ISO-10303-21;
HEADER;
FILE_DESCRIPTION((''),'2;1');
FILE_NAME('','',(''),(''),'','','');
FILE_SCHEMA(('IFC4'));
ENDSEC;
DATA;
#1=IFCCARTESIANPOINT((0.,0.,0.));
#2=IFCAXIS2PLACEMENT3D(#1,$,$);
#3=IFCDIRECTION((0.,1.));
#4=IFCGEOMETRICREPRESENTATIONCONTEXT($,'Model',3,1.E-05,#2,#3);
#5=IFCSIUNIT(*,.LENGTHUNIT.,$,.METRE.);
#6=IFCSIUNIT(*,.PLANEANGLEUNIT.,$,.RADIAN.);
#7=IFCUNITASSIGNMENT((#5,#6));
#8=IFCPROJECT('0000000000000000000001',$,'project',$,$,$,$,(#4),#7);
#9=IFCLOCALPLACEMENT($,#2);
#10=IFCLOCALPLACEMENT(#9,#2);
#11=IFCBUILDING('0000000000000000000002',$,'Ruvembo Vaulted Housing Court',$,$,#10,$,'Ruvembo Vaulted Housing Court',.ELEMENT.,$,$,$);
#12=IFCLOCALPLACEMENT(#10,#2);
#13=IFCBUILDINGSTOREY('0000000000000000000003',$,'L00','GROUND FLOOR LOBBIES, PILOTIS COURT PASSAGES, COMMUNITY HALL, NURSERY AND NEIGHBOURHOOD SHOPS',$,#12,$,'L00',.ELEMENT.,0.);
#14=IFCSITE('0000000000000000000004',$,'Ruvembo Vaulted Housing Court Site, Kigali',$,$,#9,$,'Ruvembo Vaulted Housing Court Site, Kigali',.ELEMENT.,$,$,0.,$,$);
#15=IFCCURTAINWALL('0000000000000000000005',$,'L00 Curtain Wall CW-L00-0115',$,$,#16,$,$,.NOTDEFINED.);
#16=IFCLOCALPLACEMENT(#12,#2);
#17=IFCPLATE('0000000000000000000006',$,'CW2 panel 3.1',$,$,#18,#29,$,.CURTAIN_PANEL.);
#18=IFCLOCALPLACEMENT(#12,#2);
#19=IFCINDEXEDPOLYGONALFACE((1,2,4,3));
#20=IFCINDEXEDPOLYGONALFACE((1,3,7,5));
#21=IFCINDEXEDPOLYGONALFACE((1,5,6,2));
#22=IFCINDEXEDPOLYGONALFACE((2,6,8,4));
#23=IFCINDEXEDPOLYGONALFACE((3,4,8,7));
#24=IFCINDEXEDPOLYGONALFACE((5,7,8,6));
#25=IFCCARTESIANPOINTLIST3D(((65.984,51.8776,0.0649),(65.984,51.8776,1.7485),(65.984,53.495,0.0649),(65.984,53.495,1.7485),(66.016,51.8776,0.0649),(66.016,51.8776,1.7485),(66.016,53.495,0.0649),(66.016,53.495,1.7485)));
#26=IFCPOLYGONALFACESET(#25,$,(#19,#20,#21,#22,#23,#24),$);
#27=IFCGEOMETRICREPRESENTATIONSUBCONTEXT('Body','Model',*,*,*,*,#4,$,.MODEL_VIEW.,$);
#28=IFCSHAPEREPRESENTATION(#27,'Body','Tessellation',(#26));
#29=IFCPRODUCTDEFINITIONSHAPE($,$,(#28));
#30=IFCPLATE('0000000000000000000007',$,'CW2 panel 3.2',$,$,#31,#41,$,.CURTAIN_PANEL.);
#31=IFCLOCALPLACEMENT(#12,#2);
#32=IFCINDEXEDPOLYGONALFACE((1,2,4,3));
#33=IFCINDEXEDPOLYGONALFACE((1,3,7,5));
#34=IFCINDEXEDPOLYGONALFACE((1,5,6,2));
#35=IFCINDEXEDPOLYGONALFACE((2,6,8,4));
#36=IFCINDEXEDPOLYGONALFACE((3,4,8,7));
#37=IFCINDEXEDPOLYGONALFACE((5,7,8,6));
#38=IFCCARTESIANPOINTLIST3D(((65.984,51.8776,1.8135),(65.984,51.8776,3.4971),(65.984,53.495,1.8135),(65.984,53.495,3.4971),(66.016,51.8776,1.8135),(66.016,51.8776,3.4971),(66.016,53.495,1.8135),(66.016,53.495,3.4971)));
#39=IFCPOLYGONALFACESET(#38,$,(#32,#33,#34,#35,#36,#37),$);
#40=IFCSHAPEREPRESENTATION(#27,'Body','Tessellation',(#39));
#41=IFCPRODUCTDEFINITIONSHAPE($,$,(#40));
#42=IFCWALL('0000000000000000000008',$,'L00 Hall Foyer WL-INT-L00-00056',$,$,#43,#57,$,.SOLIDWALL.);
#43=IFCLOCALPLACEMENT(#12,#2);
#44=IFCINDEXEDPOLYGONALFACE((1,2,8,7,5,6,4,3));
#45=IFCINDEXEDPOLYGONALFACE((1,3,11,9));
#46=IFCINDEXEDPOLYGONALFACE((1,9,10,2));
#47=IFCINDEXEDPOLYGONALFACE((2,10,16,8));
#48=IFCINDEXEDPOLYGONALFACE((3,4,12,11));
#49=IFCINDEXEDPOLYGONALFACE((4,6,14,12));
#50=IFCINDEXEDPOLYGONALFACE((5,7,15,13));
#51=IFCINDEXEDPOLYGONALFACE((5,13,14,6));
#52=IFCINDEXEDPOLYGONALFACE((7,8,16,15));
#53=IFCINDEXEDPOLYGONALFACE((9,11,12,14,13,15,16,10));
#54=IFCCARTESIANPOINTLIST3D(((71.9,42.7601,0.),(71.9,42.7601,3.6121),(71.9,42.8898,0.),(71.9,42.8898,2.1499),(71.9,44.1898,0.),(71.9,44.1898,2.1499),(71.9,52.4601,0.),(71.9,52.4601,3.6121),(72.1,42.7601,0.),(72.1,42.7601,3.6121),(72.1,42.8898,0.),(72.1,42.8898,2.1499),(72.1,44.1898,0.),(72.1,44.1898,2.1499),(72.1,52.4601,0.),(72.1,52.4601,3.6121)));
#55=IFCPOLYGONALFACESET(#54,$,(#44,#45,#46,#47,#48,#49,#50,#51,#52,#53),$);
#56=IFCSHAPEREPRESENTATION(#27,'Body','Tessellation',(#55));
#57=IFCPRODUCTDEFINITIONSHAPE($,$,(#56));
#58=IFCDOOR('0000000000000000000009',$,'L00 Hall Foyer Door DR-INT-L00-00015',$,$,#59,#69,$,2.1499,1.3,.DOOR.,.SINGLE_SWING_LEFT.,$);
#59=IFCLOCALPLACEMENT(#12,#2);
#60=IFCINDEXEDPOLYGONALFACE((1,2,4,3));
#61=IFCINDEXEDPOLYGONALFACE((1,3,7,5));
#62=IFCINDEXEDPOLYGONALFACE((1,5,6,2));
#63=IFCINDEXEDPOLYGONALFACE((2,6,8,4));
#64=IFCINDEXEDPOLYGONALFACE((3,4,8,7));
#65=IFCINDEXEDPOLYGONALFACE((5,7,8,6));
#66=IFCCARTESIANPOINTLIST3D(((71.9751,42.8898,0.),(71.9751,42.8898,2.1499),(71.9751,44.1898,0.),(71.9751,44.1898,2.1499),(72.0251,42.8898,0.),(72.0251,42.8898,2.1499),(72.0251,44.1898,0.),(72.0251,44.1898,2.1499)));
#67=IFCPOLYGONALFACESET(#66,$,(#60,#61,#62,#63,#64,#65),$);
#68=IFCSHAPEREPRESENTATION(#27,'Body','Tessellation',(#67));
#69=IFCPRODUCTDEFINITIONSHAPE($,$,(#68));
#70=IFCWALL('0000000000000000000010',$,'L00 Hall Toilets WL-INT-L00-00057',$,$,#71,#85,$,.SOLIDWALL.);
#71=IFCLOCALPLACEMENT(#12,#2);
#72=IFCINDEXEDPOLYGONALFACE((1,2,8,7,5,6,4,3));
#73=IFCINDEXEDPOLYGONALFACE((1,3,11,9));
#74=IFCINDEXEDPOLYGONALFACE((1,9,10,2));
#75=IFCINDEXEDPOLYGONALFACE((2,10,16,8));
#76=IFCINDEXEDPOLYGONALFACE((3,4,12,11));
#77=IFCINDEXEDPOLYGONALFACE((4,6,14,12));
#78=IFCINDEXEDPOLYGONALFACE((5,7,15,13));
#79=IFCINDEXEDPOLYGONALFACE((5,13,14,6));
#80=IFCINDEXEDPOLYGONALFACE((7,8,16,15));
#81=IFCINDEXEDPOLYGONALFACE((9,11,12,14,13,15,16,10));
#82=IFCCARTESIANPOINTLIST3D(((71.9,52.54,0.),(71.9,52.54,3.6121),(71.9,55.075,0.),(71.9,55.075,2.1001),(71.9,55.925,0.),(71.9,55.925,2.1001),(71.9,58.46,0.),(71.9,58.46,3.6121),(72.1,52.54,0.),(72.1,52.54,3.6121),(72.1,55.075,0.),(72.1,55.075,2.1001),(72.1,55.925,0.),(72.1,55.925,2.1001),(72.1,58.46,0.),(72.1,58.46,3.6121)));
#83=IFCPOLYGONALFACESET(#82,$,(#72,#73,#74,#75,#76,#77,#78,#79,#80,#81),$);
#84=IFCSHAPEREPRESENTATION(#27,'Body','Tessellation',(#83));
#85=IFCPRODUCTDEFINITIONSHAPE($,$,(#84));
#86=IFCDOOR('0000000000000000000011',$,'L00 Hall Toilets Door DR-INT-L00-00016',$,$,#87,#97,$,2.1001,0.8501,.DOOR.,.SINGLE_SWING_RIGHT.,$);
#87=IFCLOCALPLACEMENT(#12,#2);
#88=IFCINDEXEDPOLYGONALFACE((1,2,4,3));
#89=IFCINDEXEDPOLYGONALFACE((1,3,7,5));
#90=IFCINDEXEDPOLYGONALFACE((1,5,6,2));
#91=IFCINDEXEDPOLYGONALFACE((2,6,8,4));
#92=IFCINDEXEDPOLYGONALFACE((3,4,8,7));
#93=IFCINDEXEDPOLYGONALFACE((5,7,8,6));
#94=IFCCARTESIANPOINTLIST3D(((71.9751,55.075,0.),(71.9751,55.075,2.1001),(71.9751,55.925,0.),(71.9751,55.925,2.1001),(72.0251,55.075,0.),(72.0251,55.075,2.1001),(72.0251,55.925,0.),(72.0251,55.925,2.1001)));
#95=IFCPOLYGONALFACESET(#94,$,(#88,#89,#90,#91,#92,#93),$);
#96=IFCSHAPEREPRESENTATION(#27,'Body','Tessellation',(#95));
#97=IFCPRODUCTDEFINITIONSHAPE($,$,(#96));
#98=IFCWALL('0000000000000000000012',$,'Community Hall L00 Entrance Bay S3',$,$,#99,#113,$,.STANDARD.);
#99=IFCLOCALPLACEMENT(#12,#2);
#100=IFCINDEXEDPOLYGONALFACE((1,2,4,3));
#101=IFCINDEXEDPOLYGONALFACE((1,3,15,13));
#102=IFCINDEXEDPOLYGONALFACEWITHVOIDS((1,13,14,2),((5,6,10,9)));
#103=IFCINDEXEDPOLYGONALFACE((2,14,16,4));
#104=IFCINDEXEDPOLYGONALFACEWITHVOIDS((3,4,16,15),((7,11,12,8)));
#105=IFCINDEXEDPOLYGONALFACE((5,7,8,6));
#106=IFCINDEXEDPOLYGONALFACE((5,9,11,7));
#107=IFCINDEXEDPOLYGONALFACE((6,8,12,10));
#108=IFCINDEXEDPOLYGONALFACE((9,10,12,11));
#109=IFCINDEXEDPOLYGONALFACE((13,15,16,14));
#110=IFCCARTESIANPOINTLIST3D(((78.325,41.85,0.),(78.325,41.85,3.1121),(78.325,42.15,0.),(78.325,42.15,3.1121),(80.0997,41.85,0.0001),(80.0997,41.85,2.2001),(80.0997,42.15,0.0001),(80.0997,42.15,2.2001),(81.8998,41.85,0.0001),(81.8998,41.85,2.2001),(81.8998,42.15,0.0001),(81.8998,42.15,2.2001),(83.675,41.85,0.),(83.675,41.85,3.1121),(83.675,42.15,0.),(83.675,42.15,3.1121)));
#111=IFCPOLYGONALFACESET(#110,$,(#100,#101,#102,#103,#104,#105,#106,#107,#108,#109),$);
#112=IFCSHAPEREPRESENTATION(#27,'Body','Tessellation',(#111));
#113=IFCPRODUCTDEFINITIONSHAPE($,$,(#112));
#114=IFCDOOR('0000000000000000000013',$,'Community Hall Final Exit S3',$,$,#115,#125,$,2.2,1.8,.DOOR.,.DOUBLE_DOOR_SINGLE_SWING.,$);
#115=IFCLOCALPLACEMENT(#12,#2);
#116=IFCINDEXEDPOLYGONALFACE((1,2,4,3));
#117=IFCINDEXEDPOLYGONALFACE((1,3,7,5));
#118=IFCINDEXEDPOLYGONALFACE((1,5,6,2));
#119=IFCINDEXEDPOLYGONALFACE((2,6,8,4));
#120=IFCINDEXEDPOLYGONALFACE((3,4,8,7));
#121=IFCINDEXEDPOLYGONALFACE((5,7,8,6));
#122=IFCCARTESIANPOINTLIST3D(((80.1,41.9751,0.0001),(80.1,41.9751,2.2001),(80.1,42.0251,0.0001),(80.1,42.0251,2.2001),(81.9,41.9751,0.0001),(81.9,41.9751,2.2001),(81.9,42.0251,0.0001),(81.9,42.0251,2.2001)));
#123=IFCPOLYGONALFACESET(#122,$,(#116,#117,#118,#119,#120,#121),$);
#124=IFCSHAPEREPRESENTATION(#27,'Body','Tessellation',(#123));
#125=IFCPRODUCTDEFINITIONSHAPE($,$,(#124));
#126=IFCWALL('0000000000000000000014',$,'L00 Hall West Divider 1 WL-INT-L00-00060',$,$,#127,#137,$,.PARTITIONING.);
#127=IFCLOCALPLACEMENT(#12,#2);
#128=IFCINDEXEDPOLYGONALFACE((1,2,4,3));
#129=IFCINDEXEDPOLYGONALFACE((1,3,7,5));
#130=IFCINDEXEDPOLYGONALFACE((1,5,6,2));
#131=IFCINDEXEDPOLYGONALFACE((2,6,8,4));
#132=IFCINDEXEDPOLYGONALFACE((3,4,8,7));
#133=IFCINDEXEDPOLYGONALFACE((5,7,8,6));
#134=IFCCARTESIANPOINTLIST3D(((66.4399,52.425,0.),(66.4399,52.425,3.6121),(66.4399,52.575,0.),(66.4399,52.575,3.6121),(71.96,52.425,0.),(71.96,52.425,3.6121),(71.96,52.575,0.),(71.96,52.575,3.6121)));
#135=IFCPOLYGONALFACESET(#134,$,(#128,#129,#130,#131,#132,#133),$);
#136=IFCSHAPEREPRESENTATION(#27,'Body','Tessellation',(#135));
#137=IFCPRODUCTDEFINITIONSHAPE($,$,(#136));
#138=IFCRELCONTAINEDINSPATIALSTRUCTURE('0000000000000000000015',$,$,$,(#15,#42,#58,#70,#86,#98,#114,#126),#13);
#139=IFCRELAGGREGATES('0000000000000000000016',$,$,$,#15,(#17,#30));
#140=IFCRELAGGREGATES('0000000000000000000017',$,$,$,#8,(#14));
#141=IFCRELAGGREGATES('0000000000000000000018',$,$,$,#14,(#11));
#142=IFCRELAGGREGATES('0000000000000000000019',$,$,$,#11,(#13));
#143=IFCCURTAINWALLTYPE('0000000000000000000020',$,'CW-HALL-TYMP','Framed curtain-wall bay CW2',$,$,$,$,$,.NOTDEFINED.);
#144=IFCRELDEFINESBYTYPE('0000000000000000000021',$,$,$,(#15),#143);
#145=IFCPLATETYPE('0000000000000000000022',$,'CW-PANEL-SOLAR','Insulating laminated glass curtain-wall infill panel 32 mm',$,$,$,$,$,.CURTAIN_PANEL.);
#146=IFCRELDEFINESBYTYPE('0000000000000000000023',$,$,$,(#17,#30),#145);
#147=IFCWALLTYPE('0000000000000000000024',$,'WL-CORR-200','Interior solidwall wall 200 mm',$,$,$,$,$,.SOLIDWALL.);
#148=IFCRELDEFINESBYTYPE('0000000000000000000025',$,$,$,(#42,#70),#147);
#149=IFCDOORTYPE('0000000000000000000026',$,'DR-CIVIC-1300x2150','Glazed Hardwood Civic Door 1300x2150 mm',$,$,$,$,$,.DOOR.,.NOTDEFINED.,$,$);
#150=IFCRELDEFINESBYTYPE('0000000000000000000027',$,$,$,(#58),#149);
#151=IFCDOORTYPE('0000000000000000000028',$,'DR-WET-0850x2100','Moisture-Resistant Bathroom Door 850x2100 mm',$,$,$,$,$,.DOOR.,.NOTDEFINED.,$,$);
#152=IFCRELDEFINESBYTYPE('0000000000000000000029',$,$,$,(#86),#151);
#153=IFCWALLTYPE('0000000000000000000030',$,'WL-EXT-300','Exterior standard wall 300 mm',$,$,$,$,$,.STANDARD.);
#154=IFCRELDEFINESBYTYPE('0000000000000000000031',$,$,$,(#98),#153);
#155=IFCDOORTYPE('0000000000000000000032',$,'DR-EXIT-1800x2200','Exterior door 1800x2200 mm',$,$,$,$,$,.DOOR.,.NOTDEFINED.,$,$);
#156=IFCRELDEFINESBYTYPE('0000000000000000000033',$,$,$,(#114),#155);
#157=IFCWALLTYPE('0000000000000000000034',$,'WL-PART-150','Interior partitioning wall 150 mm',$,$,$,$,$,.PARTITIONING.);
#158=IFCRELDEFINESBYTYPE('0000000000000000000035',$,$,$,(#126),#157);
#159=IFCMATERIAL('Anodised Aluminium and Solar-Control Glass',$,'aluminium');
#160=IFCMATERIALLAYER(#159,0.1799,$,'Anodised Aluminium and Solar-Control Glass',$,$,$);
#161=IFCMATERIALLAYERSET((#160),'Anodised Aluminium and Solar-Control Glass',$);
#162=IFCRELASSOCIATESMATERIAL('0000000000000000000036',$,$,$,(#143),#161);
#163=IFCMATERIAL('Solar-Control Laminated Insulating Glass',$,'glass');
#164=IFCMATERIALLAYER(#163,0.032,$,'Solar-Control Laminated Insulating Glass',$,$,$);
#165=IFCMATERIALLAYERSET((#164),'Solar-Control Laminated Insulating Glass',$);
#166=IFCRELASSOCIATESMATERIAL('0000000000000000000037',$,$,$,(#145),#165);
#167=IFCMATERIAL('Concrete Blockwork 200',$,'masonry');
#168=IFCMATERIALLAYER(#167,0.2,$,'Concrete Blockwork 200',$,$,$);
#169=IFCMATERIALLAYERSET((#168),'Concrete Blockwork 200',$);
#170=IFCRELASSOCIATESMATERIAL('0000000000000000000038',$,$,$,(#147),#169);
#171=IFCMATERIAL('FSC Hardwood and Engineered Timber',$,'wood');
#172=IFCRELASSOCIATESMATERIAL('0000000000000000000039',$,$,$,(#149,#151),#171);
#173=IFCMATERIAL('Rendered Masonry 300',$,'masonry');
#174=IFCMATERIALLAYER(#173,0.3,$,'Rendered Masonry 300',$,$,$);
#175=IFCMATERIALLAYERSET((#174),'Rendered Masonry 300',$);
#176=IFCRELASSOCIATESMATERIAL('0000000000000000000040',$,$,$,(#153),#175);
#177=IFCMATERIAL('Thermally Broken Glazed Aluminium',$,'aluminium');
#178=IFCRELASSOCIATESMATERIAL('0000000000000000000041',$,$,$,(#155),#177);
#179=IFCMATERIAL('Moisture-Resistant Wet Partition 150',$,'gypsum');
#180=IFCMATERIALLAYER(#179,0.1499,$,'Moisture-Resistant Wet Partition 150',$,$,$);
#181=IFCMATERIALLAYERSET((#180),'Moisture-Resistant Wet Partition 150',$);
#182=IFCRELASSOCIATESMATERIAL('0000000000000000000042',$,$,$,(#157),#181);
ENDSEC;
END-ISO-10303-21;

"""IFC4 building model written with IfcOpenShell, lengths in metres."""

from ifc_helpers import new_model, si_unit, direction, frame, frame_2d, origin, origin_2d, place, context, subcontext, project, spatial, rectangle, extrude, material, layer, layer_set, type_object, element, fill, aggregate, save


model = new_model("IFC4")

# Units and contexts
model_context = context("Model", 3, precision=1e-05, world=origin(), true_north=direction((0.0, 1.0)))
body_context = subcontext(model_context, "Body", "Model", "MODEL_VIEW")
ifc_project = project(units=[si_unit("LENGTHUNIT", "METRE"), si_unit("PLANEANGLEUNIT", "RADIAN")], contexts=[model_context])

# Site, building, storey
site_placement = place(None, origin())
site = spatial("IfcSite", under=ifc_project, at=site_placement, Name="Ruvembo Vaulted Housing Court Site, Kigali", LongName="Ruvembo Vaulted Housing Court Site, Kigali", CompositionType="ELEMENT", RefElevation=0.0)
building_placement = place(site_placement, origin())
building = spatial("IfcBuilding", under=site, at=building_placement, Name="Ruvembo Vaulted Housing Court", LongName="Ruvembo Vaulted Housing Court", CompositionType="ELEMENT")
storey_placement = place(building_placement, origin())
storey = spatial("IfcBuildingStorey", under=building, at=storey_placement, Name="L00", Description="GROUND FLOOR LOBBIES, PILOTIS COURT PASSAGES, COMMUNITY HALL, NURSERY AND NEIGHBOURHOOD SHOPS", LongName="L00", CompositionType="ELEMENT", Elevation=0.0)

# Curtain wall
ifc_material_1 = material(Name="Anodised Aluminium and Solar-Control Glass", Category="aluminium")
ifc_layer_1 = layer(ifc_material_1, 0.1799, Name="Anodised Aluminium and Solar-Control Glass")
ifc_layer_set_1 = layer_set([ifc_layer_1], Name="Anodised Aluminium and Solar-Control Glass")
curtain_wall_type_1 = type_object("IfcCurtainWallType", Name="CW-HALL-TYMP", Description="Framed curtain-wall bay CW2", PredefinedType="NOTDEFINED", material=ifc_layer_set_1)
curtain_wall_1_placement = place(storey_placement, origin())
curtain_wall_1 = element("IfcCurtainWall", 1, at=curtain_wall_1_placement, inside=storey, type_object=curtain_wall_type_1, Name="L00 Curtain Wall CW-L00-0115", PredefinedType="NOTDEFINED")

# Plates
ifc_material_2 = material(Name="Solar-Control Laminated Insulating Glass", Category="glass")
ifc_layer_2 = layer(ifc_material_2, 0.032, Name="Solar-Control Laminated Insulating Glass")
ifc_layer_set_2 = layer_set([ifc_layer_2], Name="Solar-Control Laminated Insulating Glass")
plate_type_1 = type_object("IfcPlateType", Name="CW-PANEL-SOLAR", Description="Insulating laminated glass curtain-wall infill panel 32 mm", PredefinedType="CURTAIN_PANEL", material=ifc_layer_set_2)
plate_1_placement = place(storey_placement, frame((66.0, 52.6863, 0.0649), z_axis=(0.0, 0.0, 1.0), x_axis=(0.0, 1.0, 0.0)))
plate_1 = element("IfcPlate", 2, at=plate_1_placement, type_object=plate_type_1, Name="CW2 panel 3.1", PredefinedType="CURTAIN_PANEL", context=body_context, shape_type="SweptSolid", body=[
    extrude(rectangle(XDim=1.6174, YDim=0.032, at=origin_2d()), origin(), (0.0, 0.0, 1.0), 1.6836),
])
plate_2_placement = place(storey_placement, frame((66.0, 52.6863, 1.8135), z_axis=(0.0, 0.0, 1.0), x_axis=(0.0, 1.0, 0.0)))
plate_2 = element("IfcPlate", 3, at=plate_2_placement, type_object=plate_type_1, Name="CW2 panel 3.2", PredefinedType="CURTAIN_PANEL", context=body_context, shape_type="SweptSolid", body=[
    extrude(rectangle(XDim=1.6174, YDim=0.032, at=origin_2d()), origin(), (0.0, 0.0, 1.0), 1.6836),
])
aggregate(curtain_wall_1, [plate_1, plate_2])

# Walls, openings, doors
ifc_material_3 = material(Name="Concrete Blockwork 200", Category="masonry")
ifc_layer_3 = layer(ifc_material_3, 0.2, Name="Concrete Blockwork 200")
ifc_layer_set_3 = layer_set([ifc_layer_3], Name="Concrete Blockwork 200")
wall_type_1 = type_object("IfcWallType", Name="WL-CORR-200", Description="Interior solidwall wall 200 mm", PredefinedType="SOLIDWALL", material=ifc_layer_set_3)
wall_1_placement = place(storey_placement, frame((72.0, 42.76, 0.0), z_axis=(0.0, 0.0, 1.0), x_axis=(0.0, 1.0, 0.0)))
wall_1 = element("IfcWall", 4, at=wall_1_placement, inside=storey, type_object=wall_type_1, Name="L00 Hall Foyer WL-INT-L00-00056", PredefinedType="SOLIDWALL", context=body_context, shape_type="SweptSolid", body=[
    extrude(rectangle(XDim=9.7, YDim=0.2, at=frame_2d((4.8501, 0.0))), origin(), (0.0, 0.0, 1.0), 3.6121),
])
opening_1_placement = place(wall_1_placement, frame((0.1299, 0.0, 0.0)))
opening_1 = element("IfcOpeningElement", 5, at=opening_1_placement, cuts=wall_1, PredefinedType="OPENING", context=body_context, shape_type="SweptSolid", body=[
    extrude(rectangle(XDim=1.3, YDim=2.1499, at=frame_2d((0.6499, 1.075))), frame((0.0, 0.1099, 0.0), z_axis=(0.0, -1.0, 0.0), x_axis=(1.0, 0.0, 0.0)), (0.0, 0.0, 1.0), 0.22),
])
ifc_material_4 = material(Name="FSC Hardwood and Engineered Timber", Category="wood")
door_type_1 = type_object("IfcDoorType", Name="DR-CIVIC-1300x2150", Description="Glazed Hardwood Civic Door 1300x2150 mm", OperationType="NOTDEFINED", PredefinedType="DOOR", material=ifc_material_4)
door_1_placement = place(opening_1_placement, origin())
door_1 = element("IfcDoor", 6, at=door_1_placement, inside=storey, type_object=door_type_1, Name="L00 Hall Foyer Door DR-INT-L00-00015", OperationType="SINGLE_SWING_LEFT", OverallHeight=2.1499, OverallWidth=1.3, PredefinedType="DOOR", context=body_context, shape_type="SweptSolid", body=[
    extrude(rectangle(XDim=1.3, YDim=2.1499, at=frame_2d((0.6499, 1.075))), frame((0.0, 0.0249, 0.0), z_axis=(0.0, -1.0, 0.0), x_axis=(1.0, 0.0, 0.0)), (0.0, 0.0, 1.0), 0.05),
])
fill(opening_1, door_1)
wall_2_placement = place(storey_placement, frame((72.0, 52.54, 0.0), z_axis=(0.0, 0.0, 1.0), x_axis=(0.0, 1.0, 0.0)))
wall_2 = element("IfcWall", 7, at=wall_2_placement, inside=storey, type_object=wall_type_1, Name="L00 Hall Toilets WL-INT-L00-00057", PredefinedType="SOLIDWALL", context=body_context, shape_type="SweptSolid", body=[
    extrude(rectangle(XDim=5.9199, YDim=0.2, at=frame_2d((2.96, 0.0))), origin(), (0.0, 0.0, 1.0), 3.6121),
])
opening_2_placement = place(wall_2_placement, frame((2.5349, 0.0, 0.0)))
opening_2 = element("IfcOpeningElement", 8, at=opening_2_placement, cuts=wall_2, PredefinedType="OPENING", context=body_context, shape_type="SweptSolid", body=[
    extrude(rectangle(XDim=0.8501, YDim=2.1001, at=frame_2d((0.425, 1.05))), frame((0.0, 0.1099, 0.0), z_axis=(0.0, -1.0, 0.0), x_axis=(1.0, 0.0, 0.0)), (0.0, 0.0, 1.0), 0.22),
])
door_type_2 = type_object("IfcDoorType", Name="DR-WET-0850x2100", Description="Moisture-Resistant Bathroom Door 850x2100 mm", OperationType="NOTDEFINED", PredefinedType="DOOR", material=ifc_material_4)
door_2_placement = place(opening_2_placement, origin())
door_2 = element("IfcDoor", 9, at=door_2_placement, inside=storey, type_object=door_type_2, Name="L00 Hall Toilets Door DR-INT-L00-00016", OperationType="SINGLE_SWING_RIGHT", OverallHeight=2.1001, OverallWidth=0.8501, PredefinedType="DOOR", context=body_context, shape_type="SweptSolid", body=[
    extrude(rectangle(XDim=0.8501, YDim=2.1001, at=frame_2d((0.425, 1.05))), frame((0.0, 0.0249, 0.0), z_axis=(0.0, -1.0, 0.0), x_axis=(1.0, 0.0, 0.0)), (0.0, 0.0, 1.0), 0.05),
])
fill(opening_2, door_2)
ifc_material_5 = material(Name="Rendered Masonry 300", Category="masonry")
ifc_layer_4 = layer(ifc_material_5, 0.3, Name="Rendered Masonry 300")
ifc_layer_set_4 = layer_set([ifc_layer_4], Name="Rendered Masonry 300")
wall_type_2 = type_object("IfcWallType", Name="WL-EXT-300", Description="Exterior standard wall 300 mm", PredefinedType="STANDARD", material=ifc_layer_set_4)
wall_3_placement = place(storey_placement, frame((78.325, 42.0, 0.0), z_axis=(0.0, 0.0, 1.0), x_axis=(1.0, 0.0, 0.0)))
wall_3 = element("IfcWall", 10, at=wall_3_placement, inside=storey, type_object=wall_type_2, Name="Community Hall L00 Entrance Bay S3", PredefinedType="STANDARD", context=body_context, shape_type="SweptSolid", body=[
    extrude(rectangle(XDim=5.3501, YDim=0.3, at=frame_2d((2.675, 0.0))), origin(), (0.0, 0.0, 1.0), 3.1121),
])
opening_3_placement = place(wall_3_placement, frame((1.7749, 0.0, 0.0)))
opening_3 = element("IfcOpeningElement", 11, at=opening_3_placement, cuts=wall_3, PredefinedType="OPENING", context=body_context, shape_type="SweptSolid", body=[
    extrude(rectangle(XDim=1.8, YDim=2.2, at=frame_2d((0.8999, 1.1001))), frame((0.0, 0.1599, 0.0), z_axis=(0.0, -1.0, 0.0), x_axis=(1.0, 0.0, 0.0)), (0.0, 0.0, 1.0), 0.3201),
])
ifc_material_6 = material(Name="Thermally Broken Glazed Aluminium", Category="aluminium")
door_type_3 = type_object("IfcDoorType", Name="DR-EXIT-1800x2200", Description="Exterior door 1800x2200 mm", OperationType="NOTDEFINED", PredefinedType="DOOR", material=ifc_material_6)
door_3_placement = place(opening_3_placement, frame((1.8, 0.0, 0.0), z_axis=(0.0, 0.0, 1.0), x_axis=(-1.0, 0.0, 0.0)))
door_3 = element("IfcDoor", 12, at=door_3_placement, inside=storey, type_object=door_type_3, Name="Community Hall Final Exit S3", OperationType="DOUBLE_DOOR_SINGLE_SWING", OverallHeight=2.2, OverallWidth=1.8, PredefinedType="DOOR", context=body_context, shape_type="SweptSolid", body=[
    extrude(rectangle(XDim=1.8, YDim=2.2, at=frame_2d((0.8999, 1.1001))), frame((0.0, 0.0249, 0.0), z_axis=(0.0, -1.0, 0.0), x_axis=(1.0, 0.0, 0.0)), (0.0, 0.0, 1.0), 0.05),
])
fill(opening_3, door_3)

# Wall
ifc_material_7 = material(Name="Moisture-Resistant Wet Partition 150", Category="gypsum")
ifc_layer_5 = layer(ifc_material_7, 0.1499, Name="Moisture-Resistant Wet Partition 150")
ifc_layer_set_5 = layer_set([ifc_layer_5], Name="Moisture-Resistant Wet Partition 150")
wall_type_3 = type_object("IfcWallType", Name="WL-PART-150", Description="Interior partitioning wall 150 mm", PredefinedType="PARTITIONING", material=ifc_layer_set_5)
wall_4_placement = place(storey_placement, frame((66.4399, 52.5, 0.0), z_axis=(0.0, 0.0, 1.0), x_axis=(1.0, 0.0, 0.0)))
element("IfcWall", 13, at=wall_4_placement, inside=storey, type_object=wall_type_3, Name="L00 Hall West Divider 1 WL-INT-L00-00060", PredefinedType="PARTITIONING", context=body_context, shape_type="SweptSolid", body=[
    extrude(rectangle(XDim=5.52, YDim=0.1499, at=frame_2d((2.76, 0.0))), origin(), (0.0, 0.0, 1.0), 3.6121),
])

save(model, "model.ifc")
